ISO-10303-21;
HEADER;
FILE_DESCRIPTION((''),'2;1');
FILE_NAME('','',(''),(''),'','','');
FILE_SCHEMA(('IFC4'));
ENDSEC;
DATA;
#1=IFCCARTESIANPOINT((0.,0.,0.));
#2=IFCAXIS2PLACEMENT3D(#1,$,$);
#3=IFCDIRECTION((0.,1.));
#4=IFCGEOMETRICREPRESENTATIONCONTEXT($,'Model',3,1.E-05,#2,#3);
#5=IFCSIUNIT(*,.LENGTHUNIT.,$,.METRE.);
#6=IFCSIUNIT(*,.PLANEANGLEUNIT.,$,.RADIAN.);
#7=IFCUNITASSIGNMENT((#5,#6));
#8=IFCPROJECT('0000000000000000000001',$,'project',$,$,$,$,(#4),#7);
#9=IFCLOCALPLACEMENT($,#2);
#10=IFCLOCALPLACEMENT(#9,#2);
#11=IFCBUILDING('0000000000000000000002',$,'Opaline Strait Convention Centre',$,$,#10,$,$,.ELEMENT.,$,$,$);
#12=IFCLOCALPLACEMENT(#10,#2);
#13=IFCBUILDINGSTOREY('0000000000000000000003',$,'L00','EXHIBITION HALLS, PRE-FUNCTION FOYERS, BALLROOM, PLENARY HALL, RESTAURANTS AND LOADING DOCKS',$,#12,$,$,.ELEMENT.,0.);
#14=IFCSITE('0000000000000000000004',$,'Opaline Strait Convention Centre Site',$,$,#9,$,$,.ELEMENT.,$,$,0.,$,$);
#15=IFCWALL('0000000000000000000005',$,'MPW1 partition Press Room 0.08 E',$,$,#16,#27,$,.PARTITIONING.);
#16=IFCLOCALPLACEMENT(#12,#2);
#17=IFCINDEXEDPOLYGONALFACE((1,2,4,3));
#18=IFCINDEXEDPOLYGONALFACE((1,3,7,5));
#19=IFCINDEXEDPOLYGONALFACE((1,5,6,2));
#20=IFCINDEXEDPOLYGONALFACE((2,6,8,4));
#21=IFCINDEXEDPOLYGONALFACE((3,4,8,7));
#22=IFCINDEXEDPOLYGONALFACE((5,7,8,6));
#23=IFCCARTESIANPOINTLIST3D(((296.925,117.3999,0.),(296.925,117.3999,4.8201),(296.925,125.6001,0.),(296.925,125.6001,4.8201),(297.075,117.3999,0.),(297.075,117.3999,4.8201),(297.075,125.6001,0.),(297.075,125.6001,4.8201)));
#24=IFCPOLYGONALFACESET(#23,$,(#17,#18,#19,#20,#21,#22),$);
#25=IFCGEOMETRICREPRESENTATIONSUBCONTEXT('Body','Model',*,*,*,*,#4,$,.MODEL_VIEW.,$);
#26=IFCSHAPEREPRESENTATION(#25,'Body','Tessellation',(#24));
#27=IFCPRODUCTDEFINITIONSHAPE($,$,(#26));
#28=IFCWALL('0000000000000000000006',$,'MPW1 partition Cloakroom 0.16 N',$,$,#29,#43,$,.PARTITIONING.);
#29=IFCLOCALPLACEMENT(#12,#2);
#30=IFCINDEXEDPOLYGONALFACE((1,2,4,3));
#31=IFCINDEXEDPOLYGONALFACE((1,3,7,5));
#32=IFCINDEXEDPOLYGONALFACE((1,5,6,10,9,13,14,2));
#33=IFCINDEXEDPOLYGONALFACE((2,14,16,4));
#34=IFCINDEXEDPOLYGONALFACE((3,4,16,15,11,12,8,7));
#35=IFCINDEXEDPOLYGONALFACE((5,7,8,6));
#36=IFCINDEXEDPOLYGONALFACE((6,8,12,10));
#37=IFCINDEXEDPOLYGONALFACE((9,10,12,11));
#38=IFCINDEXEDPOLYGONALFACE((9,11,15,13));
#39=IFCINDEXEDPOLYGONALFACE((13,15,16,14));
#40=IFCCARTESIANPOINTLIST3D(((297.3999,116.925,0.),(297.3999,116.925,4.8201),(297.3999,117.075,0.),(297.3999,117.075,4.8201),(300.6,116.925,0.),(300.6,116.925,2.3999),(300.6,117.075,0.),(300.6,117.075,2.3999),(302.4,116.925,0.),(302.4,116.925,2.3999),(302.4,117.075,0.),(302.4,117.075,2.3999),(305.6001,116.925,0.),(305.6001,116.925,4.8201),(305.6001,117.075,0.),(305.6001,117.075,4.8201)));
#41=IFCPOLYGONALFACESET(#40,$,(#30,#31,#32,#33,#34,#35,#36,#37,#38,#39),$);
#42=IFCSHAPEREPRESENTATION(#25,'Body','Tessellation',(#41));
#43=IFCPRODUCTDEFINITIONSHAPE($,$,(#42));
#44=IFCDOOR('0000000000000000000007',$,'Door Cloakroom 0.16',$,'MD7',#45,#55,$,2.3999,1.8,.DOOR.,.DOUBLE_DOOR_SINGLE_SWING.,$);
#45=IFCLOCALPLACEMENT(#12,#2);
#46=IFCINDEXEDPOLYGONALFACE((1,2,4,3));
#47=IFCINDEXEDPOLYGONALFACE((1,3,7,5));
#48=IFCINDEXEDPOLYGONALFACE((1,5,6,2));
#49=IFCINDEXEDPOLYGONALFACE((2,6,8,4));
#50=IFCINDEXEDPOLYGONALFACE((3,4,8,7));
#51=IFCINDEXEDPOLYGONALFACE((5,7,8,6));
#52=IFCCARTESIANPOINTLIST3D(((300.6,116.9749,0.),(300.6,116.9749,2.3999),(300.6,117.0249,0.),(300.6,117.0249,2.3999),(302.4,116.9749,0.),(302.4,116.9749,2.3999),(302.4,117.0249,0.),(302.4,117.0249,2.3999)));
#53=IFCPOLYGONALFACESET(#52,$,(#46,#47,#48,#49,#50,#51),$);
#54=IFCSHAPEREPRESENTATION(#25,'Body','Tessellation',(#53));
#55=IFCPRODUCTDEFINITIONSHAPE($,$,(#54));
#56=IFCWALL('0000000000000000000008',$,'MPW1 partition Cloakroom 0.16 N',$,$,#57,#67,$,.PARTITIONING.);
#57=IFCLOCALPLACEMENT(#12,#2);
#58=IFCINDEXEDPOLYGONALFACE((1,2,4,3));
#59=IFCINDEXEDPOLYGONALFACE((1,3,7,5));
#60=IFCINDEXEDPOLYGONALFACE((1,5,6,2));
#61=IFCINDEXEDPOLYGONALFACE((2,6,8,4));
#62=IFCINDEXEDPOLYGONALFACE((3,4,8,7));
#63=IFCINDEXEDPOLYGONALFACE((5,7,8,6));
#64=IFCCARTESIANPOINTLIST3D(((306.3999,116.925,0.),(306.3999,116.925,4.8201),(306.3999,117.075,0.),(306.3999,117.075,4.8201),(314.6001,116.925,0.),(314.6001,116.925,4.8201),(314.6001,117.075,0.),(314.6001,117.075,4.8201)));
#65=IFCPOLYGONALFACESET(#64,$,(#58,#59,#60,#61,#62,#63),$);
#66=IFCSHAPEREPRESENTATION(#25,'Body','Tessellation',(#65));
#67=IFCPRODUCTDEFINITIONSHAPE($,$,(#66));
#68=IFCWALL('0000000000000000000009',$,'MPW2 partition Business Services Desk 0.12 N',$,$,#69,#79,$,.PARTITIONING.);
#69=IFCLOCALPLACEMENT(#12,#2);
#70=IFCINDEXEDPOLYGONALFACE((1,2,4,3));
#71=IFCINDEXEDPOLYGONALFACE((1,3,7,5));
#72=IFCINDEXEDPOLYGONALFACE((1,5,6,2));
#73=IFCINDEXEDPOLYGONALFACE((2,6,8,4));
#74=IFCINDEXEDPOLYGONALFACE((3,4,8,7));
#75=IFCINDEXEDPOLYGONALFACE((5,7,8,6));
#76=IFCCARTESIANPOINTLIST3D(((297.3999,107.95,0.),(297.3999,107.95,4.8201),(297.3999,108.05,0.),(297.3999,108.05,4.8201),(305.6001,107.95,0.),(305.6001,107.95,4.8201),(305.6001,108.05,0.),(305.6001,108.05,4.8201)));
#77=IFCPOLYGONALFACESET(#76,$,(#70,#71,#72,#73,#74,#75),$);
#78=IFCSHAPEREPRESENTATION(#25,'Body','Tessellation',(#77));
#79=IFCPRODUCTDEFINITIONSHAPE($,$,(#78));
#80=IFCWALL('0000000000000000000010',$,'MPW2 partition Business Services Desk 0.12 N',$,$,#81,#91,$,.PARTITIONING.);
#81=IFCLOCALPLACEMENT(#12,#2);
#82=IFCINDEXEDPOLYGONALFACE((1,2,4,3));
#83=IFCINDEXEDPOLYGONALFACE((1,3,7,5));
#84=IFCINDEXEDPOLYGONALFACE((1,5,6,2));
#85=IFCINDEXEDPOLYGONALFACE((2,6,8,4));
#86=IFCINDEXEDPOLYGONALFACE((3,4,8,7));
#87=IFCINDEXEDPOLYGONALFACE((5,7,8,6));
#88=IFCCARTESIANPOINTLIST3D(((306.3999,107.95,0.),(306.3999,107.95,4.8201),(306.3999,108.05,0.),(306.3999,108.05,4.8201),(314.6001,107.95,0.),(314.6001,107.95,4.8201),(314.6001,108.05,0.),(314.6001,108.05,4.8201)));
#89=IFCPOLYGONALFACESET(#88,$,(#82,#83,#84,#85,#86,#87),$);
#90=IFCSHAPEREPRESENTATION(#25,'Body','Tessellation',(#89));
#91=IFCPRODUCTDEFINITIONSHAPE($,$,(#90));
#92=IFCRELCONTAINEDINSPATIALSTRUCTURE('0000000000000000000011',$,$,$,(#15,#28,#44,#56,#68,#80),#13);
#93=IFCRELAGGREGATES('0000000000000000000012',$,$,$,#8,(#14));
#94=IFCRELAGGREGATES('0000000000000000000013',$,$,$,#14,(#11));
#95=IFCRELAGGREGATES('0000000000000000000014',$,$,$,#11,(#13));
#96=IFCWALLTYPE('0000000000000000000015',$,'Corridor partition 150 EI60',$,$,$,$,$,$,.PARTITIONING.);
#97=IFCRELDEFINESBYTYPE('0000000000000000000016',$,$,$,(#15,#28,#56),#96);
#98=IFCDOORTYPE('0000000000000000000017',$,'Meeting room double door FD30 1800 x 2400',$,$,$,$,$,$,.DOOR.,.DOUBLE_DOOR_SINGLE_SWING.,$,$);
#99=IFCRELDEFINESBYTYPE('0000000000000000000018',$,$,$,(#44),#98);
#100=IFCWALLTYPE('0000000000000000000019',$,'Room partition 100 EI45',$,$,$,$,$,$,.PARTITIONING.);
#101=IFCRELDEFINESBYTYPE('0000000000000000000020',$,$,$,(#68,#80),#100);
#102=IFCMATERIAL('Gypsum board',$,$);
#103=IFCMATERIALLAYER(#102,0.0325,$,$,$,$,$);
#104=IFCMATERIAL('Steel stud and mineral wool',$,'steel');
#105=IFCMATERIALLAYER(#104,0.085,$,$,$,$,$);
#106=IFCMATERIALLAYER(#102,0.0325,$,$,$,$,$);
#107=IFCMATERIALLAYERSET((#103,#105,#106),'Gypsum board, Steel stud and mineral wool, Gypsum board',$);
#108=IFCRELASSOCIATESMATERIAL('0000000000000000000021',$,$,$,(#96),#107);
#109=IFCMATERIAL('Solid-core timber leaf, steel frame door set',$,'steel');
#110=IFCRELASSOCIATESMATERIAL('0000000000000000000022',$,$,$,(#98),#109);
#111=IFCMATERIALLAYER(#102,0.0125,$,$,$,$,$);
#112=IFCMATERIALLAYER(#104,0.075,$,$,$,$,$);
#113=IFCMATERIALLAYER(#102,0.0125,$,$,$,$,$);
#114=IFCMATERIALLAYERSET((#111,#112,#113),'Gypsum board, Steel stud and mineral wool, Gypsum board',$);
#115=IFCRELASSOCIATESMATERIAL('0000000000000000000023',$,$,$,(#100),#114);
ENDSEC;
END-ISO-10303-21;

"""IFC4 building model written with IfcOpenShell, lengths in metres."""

from ifc_helpers import new_model, si_unit, direction, frame, frame_2d, origin, place, context, subcontext, project, spatial, rectangle, extrude, material, layer, layer_set, type_object, element, fill, save


model = new_model("IFC4")

# Units and contexts
model_context = context("Model", 3, precision=1e-05, world=origin(), true_north=direction((0.0, 1.0)))
body_context = subcontext(model_context, "Body", "Model", "MODEL_VIEW")
ifc_project = project(units=[si_unit("LENGTHUNIT", "METRE"), si_unit("PLANEANGLEUNIT", "RADIAN")], contexts=[model_context])

# Site, building, storey
site_placement = place(None, origin())
site = spatial("IfcSite", under=ifc_project, at=site_placement, Name="Opaline Strait Convention Centre Site", CompositionType="ELEMENT", RefElevation=0.0)
building_placement = place(site_placement, origin())
building = spatial("IfcBuilding", under=site, at=building_placement, Name="Opaline Strait Convention Centre", CompositionType="ELEMENT")
storey_placement = place(building_placement, origin())
storey = spatial("IfcBuildingStorey", under=building, at=storey_placement, Name="L00", Description="EXHIBITION HALLS, PRE-FUNCTION FOYERS, BALLROOM, PLENARY HALL, RESTAURANTS AND LOADING DOCKS", CompositionType="ELEMENT", Elevation=0.0)

# Wall
ifc_material_1 = material(Name="Gypsum board")
ifc_layer_1 = layer(ifc_material_1, 0.0325)
ifc_material_2 = material(Name="Steel stud and mineral wool", Category="steel")
ifc_layer_2 = layer(ifc_material_2, 0.085)
ifc_layer_3 = layer(ifc_material_1, 0.0325)
ifc_layer_set_1 = layer_set([ifc_layer_1, ifc_layer_2, ifc_layer_3], Name="Gypsum board, Steel stud and mineral wool, Gypsum board")
wall_type_1 = type_object("IfcWallType", Name="Corridor partition 150 EI60", PredefinedType="PARTITIONING", material=ifc_layer_set_1)
wall_1_placement = place(storey_placement, frame((297.0, 117.3999, 0.0), z_axis=(0.0, 0.0, 1.0), x_axis=(0.0, 1.0, 0.0)))
element("IfcWall", 1, at=wall_1_placement, inside=storey, type_object=wall_type_1, Name="MPW1 partition Press Room 0.08 E", PredefinedType="PARTITIONING", context=body_context, shape_type="SweptSolid", body=[
    extrude(rectangle(XDim=8.2002, YDim=0.1499, at=frame_2d((4.1001, 0.0))), origin(), (0.0, 0.0, 1.0), 4.8201),
])

# Wall, opening, door
wall_2_placement = place(storey_placement, frame((297.3999, 117.0, 0.0), z_axis=(0.0, 0.0, 1.0), x_axis=(1.0, 0.0, 0.0)))
wall_2 = element("IfcWall", 2, at=wall_2_placement, inside=storey, type_object=wall_type_1, Name="MPW1 partition Cloakroom 0.16 N", PredefinedType="PARTITIONING", context=body_context, shape_type="SweptSolid", body=[
    extrude(rectangle(XDim=8.2002, YDim=0.1499, at=frame_2d((4.1001, 0.0))), origin(), (0.0, 0.0, 1.0), 4.8201),
])
opening_placement = place(wall_2_placement, frame((3.2002, 0.0, 0.0)))
opening = element("IfcOpeningElement", 3, at=opening_placement, cuts=wall_2, PredefinedType="OPENING", context=body_context, shape_type="SweptSolid", body=[
    extrude(rectangle(XDim=1.8, YDim=2.3999, at=frame_2d((0.8999, 1.2))), frame((0.0, 0.085, 0.0), z_axis=(0.0, -1.0, 0.0), x_axis=(1.0, 0.0, 0.0)), (0.0, 0.0, 1.0), 0.1699),
])
ifc_material_3 = material(Name="Solid-core timber leaf, steel frame door set", Category="steel")
door_type = type_object("IfcDoorType", Name="Meeting room double door FD30 1800 x 2400", OperationType="DOUBLE_DOOR_SINGLE_SWING", PredefinedType="DOOR", material=ifc_material_3)
door_placement = place(opening_placement, origin())
door = element("IfcDoor", 4, at=door_placement, inside=storey, type_object=door_type, Name="Door Cloakroom 0.16", ObjectType="MD7", OperationType="DOUBLE_DOOR_SINGLE_SWING", OverallHeight=2.3999, OverallWidth=1.8, PredefinedType="DOOR", context=body_context, shape_type="SweptSolid", body=[
    extrude(rectangle(XDim=1.8, YDim=2.3999, at=frame_2d((0.8999, 1.2))), frame((0.0, 0.0249, 0.0), z_axis=(0.0, -1.0, 0.0), x_axis=(1.0, 0.0, 0.0)), (0.0, 0.0, 1.0), 0.05),
])
fill(opening, door)

# Walls
wall_3_placement = place(storey_placement, frame((306.3999, 117.0, 0.0), z_axis=(0.0, 0.0, 1.0), x_axis=(1.0, 0.0, 0.0)))
element("IfcWall", 5, at=wall_3_placement, inside=storey, type_object=wall_type_1, Name="MPW1 partition Cloakroom 0.16 N", PredefinedType="PARTITIONING", context=body_context, shape_type="SweptSolid", body=[
    extrude(rectangle(XDim=8.2002, YDim=0.1499, at=frame_2d((4.1001, 0.0))), origin(), (0.0, 0.0, 1.0), 4.8201),
])
ifc_layer_4 = layer(ifc_material_1, 0.0125)
ifc_layer_5 = layer(ifc_material_2, 0.075)
ifc_layer_6 = layer(ifc_material_1, 0.0125)
ifc_layer_set_2 = layer_set([ifc_layer_4, ifc_layer_5, ifc_layer_6], Name="Gypsum board, Steel stud and mineral wool, Gypsum board")
wall_type_2 = type_object("IfcWallType", Name="Room partition 100 EI45", PredefinedType="PARTITIONING", material=ifc_layer_set_2)
for number, where, z_axis, x_axis, name in (
    (6, (297.3999, 108.0, 0.0), (0.0, 0.0, 1.0), (1.0, 0.0, 0.0), "MPW2 partition Business Services Desk 0.12 N"),
    (7, (306.3999, 108.0, 0.0), (0.0, 0.0, 1.0), (1.0, 0.0, 0.0), "MPW2 partition Business Services Desk 0.12 N"),
):
    element("IfcWall", number, at=place(storey_placement, frame(where, z_axis=z_axis, x_axis=x_axis)), inside=storey, type_object=wall_type_2, Name=name, PredefinedType="PARTITIONING", context=body_context, shape_type="SweptSolid", body=[
        extrude(rectangle(XDim=8.2002, YDim=0.1001, at=frame_2d((4.1001, 0.0))), origin(), (0.0, 0.0, 1.0), 4.8201),
    ])

save(model, "model.ifc")
